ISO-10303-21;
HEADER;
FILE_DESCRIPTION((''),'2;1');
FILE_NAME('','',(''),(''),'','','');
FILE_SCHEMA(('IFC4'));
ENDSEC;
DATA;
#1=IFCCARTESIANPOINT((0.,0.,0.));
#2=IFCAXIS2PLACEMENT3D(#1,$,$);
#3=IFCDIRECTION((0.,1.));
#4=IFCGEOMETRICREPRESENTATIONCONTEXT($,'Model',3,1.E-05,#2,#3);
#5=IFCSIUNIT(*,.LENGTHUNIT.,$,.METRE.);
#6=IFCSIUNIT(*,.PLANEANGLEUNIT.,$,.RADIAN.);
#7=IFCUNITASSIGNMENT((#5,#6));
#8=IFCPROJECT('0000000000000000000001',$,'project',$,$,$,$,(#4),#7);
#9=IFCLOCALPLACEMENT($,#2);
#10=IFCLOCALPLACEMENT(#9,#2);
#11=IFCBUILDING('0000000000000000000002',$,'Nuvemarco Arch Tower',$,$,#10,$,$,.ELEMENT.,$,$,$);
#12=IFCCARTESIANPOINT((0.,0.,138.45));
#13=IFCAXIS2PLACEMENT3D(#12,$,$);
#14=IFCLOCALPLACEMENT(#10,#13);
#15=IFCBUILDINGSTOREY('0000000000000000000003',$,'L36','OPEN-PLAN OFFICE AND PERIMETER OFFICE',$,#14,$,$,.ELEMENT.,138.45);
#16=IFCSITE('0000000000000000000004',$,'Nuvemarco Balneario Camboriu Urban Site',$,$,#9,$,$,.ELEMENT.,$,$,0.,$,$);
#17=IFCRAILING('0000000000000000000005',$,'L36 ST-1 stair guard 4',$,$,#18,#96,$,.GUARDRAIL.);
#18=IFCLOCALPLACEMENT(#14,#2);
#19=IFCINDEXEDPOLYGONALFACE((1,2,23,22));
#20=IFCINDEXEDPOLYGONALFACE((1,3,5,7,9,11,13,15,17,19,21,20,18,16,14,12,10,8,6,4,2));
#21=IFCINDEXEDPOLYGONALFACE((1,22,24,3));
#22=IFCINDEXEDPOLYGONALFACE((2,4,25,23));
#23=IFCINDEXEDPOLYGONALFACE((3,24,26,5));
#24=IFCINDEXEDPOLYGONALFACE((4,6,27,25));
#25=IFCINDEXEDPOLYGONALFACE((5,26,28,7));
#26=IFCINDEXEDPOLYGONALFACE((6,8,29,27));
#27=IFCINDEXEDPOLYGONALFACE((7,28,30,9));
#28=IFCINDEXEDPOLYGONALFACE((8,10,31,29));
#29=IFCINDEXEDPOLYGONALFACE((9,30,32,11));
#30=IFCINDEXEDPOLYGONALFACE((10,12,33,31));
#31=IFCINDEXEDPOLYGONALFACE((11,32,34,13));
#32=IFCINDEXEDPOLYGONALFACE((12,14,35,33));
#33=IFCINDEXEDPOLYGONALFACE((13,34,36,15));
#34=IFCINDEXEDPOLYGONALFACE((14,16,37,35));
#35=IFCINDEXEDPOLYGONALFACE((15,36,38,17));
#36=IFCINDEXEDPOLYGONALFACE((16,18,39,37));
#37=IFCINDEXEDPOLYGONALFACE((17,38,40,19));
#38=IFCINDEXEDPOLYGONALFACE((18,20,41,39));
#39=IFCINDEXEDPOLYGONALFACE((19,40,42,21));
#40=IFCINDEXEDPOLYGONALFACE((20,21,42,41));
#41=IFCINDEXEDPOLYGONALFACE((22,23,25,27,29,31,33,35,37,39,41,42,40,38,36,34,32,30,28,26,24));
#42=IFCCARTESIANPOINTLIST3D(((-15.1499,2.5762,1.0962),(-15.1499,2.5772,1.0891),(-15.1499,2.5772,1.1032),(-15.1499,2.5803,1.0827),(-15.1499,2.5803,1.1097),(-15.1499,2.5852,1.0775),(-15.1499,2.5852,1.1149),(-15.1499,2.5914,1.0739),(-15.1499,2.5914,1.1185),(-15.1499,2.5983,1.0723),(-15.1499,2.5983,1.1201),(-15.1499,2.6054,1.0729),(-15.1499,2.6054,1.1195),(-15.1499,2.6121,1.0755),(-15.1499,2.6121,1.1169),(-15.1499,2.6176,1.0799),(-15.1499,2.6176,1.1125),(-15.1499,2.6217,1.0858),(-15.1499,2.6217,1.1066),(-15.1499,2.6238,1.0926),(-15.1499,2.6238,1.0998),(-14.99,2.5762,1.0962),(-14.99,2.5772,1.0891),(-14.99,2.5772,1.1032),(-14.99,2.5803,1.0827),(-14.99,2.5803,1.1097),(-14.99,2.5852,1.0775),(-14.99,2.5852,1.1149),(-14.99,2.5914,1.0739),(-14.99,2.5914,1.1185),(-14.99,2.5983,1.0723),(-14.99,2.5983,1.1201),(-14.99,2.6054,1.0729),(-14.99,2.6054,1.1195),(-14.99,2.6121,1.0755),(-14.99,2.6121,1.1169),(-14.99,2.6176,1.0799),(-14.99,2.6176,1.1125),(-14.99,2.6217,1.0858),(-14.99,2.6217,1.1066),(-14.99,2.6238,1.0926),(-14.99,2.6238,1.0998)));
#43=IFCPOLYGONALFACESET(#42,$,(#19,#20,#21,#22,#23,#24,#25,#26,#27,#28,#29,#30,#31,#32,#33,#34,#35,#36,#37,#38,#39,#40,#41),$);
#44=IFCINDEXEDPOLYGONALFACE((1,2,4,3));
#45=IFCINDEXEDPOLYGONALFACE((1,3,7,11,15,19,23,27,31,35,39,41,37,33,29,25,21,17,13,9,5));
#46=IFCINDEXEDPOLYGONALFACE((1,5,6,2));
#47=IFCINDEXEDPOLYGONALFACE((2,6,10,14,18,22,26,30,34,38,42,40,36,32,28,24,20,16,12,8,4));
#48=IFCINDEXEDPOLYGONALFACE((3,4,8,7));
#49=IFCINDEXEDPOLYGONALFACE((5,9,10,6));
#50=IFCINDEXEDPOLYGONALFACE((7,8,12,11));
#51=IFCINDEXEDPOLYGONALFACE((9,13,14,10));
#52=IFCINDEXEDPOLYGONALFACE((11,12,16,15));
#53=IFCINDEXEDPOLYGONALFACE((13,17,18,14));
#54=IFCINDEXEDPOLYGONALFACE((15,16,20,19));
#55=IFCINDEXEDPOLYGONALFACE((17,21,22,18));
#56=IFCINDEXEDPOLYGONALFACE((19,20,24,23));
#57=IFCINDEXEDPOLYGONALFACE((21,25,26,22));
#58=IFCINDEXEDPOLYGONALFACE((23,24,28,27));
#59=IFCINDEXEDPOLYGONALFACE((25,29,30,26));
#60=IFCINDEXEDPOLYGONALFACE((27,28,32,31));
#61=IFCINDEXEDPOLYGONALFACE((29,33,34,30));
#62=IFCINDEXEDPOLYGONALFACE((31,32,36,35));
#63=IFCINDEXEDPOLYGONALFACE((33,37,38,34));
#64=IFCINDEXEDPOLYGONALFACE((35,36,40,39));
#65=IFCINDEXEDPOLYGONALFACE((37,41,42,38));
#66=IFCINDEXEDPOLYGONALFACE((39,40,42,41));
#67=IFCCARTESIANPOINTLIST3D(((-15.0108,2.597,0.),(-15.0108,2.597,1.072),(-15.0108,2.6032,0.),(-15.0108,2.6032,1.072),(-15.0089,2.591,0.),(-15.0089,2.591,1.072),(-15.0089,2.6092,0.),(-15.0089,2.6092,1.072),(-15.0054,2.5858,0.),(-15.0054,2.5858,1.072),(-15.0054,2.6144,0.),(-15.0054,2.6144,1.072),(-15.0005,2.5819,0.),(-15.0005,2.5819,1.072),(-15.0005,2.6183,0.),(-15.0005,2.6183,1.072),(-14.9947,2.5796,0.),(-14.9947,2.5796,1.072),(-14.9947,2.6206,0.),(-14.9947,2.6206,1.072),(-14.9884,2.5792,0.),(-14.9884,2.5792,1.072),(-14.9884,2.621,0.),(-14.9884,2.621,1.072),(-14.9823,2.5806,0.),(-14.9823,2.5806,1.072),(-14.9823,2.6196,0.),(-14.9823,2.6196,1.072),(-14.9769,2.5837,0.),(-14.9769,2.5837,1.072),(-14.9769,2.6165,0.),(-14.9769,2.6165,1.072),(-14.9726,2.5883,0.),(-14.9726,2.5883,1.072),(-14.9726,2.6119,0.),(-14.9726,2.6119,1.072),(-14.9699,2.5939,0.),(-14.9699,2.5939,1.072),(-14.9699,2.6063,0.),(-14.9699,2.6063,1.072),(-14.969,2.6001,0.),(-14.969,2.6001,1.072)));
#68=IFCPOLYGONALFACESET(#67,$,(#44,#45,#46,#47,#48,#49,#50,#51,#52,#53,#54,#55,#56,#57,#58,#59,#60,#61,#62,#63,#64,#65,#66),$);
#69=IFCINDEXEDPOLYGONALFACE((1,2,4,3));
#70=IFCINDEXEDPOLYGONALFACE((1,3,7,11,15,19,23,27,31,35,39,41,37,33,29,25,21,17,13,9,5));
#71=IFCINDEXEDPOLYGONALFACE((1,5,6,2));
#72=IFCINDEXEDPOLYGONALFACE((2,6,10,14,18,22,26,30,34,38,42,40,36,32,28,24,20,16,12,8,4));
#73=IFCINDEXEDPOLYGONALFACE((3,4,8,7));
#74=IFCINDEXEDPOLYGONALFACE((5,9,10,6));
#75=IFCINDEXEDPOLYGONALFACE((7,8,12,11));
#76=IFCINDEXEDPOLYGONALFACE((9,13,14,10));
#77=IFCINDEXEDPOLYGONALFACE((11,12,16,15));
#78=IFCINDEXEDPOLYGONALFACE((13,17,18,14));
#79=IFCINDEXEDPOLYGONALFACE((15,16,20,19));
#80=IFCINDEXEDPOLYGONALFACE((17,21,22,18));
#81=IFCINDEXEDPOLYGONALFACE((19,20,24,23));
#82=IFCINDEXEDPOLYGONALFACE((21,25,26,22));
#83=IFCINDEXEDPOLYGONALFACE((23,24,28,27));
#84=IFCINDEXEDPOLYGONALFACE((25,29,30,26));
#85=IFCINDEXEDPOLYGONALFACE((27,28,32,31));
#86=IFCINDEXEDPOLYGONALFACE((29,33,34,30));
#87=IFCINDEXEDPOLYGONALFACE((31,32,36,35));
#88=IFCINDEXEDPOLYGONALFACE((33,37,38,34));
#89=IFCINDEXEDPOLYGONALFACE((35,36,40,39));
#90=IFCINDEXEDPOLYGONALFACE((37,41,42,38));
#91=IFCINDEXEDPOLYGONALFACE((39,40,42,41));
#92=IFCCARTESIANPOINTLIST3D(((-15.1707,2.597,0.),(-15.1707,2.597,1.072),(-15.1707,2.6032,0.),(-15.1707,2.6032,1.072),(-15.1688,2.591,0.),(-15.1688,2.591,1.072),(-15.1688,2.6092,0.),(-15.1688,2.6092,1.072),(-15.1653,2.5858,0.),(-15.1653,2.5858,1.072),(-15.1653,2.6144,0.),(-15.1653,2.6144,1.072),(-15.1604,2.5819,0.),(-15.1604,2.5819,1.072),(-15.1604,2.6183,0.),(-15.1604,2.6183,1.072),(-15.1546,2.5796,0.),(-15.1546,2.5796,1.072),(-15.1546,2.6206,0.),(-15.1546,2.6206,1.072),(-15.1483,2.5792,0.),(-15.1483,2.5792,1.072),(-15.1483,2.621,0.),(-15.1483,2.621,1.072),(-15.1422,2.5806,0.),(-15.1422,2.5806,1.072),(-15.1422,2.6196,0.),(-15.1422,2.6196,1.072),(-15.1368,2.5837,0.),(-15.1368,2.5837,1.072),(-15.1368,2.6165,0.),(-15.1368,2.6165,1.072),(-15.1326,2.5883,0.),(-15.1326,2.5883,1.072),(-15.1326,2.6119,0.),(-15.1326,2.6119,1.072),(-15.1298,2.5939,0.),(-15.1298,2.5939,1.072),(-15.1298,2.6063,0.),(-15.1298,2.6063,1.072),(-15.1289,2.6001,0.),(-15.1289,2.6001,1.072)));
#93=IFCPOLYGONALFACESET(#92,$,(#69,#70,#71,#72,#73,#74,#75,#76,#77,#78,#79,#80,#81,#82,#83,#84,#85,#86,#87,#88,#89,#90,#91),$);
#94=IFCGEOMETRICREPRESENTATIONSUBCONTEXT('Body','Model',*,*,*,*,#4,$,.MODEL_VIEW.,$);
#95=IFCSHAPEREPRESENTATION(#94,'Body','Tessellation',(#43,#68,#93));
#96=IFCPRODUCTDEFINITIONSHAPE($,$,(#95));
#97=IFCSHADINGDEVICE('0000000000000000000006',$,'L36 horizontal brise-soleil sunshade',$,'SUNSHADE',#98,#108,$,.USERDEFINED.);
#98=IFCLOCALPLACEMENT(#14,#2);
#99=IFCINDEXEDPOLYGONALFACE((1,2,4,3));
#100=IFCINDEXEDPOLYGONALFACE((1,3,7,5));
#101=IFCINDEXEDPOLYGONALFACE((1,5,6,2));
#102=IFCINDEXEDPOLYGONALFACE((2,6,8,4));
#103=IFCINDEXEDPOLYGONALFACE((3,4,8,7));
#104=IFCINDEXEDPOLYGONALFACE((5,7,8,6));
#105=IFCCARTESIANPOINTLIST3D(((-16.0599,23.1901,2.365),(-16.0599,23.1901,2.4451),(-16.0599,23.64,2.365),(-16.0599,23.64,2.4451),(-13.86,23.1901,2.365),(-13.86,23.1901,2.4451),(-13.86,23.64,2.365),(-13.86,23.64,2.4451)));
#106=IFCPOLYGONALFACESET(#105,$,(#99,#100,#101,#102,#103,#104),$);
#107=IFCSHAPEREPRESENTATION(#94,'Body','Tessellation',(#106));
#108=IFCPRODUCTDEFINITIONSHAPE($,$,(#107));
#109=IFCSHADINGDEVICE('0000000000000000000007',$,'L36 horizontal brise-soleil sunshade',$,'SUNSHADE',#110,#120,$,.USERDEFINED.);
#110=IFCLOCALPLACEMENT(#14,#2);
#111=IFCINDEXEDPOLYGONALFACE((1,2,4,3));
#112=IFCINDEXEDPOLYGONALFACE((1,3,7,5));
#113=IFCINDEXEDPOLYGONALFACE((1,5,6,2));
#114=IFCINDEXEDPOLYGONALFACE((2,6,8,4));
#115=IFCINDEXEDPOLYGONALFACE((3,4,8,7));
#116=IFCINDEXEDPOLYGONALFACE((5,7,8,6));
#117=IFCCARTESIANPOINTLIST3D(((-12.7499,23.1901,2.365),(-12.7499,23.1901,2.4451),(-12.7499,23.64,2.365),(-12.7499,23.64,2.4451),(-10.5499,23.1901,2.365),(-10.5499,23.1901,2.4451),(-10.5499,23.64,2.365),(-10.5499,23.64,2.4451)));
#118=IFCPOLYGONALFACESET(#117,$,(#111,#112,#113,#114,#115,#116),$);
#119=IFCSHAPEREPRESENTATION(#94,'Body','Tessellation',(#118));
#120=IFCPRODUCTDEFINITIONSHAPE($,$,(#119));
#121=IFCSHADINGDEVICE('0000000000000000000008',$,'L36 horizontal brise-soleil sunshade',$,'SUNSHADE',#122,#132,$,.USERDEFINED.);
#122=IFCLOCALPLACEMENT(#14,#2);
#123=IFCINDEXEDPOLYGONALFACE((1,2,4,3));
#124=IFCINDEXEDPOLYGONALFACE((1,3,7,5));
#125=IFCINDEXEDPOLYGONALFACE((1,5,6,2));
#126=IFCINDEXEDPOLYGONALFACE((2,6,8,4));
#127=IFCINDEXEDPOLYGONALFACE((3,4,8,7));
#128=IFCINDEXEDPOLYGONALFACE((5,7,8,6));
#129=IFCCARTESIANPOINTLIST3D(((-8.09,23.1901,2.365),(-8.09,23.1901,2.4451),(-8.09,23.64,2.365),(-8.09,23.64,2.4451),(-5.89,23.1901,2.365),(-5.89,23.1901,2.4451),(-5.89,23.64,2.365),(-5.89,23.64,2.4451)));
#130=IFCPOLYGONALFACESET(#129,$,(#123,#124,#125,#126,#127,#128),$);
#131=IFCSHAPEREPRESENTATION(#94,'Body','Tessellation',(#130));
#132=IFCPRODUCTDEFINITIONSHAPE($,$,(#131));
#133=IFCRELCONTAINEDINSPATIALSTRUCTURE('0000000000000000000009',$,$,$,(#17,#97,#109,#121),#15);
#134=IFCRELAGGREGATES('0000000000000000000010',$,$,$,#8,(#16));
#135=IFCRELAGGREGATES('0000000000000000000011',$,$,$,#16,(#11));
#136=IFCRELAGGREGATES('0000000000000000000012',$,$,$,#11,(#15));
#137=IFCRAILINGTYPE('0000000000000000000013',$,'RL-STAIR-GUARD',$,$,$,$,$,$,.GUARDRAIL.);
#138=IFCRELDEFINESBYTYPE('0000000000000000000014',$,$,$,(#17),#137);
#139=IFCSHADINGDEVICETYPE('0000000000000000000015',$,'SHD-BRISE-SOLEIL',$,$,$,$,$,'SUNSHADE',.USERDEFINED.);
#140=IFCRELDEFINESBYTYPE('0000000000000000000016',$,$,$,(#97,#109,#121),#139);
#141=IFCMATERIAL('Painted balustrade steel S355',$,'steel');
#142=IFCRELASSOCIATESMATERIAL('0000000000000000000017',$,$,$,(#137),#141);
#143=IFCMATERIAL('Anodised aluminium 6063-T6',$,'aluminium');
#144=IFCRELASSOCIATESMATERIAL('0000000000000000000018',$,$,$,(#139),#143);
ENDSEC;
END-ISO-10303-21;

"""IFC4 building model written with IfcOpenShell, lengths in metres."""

from ifc_helpers import new_model, si_unit, direction, frame, origin, origin_2d, place, context, subcontext, project, spatial, rectangle, circle, extrude, source, transform, mapped, material, type_object, type_shapes, element, save


model = new_model("IFC4")

# Units and contexts
model_context = context("Model", 3, precision=1e-05, world=origin(), true_north=direction((0.0, 1.0)))
body_context = subcontext(model_context, "Body", "Model", "MODEL_VIEW")
ifc_project = project(units=[si_unit("LENGTHUNIT", "METRE"), si_unit("PLANEANGLEUNIT", "RADIAN")], contexts=[model_context])

# Site, building, storey
site_placement = place(None, origin())
site = spatial("IfcSite", under=ifc_project, at=site_placement, Name="Nuvemarco Balneario Camboriu Urban Site", CompositionType="ELEMENT", RefElevation=0.0)
building_placement = place(site_placement, origin())
building = spatial("IfcBuilding", under=site, at=building_placement, Name="Nuvemarco Arch Tower", CompositionType="ELEMENT")
storey_placement = place(building_placement, frame((0.0, 0.0, 138.45)))
storey = spatial("IfcBuildingStorey", under=building, at=storey_placement, Name="L36", Description="OPEN-PLAN OFFICE AND PERIMETER OFFICE", CompositionType="ELEMENT", Elevation=138.45)

# Railing
ifc_material_1 = material(Name="Painted balustrade steel S355", Category="steel")
railing_type_1 = type_object("IfcRailingType", Name="RL-STAIR-GUARD", PredefinedType="GUARDRAIL", material=ifc_material_1)
railing_1_placement = place(storey_placement, frame((-14.99, 2.6001, 0.0)))
element("IfcRailing", 1, at=railing_1_placement, inside=storey, type_object=railing_type_1, Name="L36 ST-1 stair guard 4", PredefinedType="GUARDRAIL", context=body_context, shape_type="SweptSolid", body=[
    extrude(circle(Radius=0.0239, at=origin_2d()), frame((0.0, 0.0, 1.0962), z_axis=(-1.0, 0.0, 0.0), x_axis=(0.0, -1.0, 0.0)), (0.0, 0.0, 1.0), 0.1599),
    extrude(circle(Radius=0.021, at=origin_2d()), origin(), (0.0, 0.0, 1.0), 1.072),
    extrude(circle(Radius=0.021, at=origin_2d()), frame((-0.1599, 0.0, 0.0)), (0.0, 0.0, 1.0), 1.072),
])

# Shading devices
ifc_material_2 = material(Name="Anodised aluminium 6063-T6", Category="aluminium")
shading_device_type = type_object("IfcShadingDeviceType", Name="SHD-BRISE-SOLEIL", ElementType="SUNSHADE", PredefinedType="USERDEFINED", material=ifc_material_2)
shared_shape_1 = source(origin(), body_context, "Body", "SweptSolid", [
    extrude(rectangle(XDim=2.2, YDim=0.45, at=origin_2d()), origin(), (0.0, 0.0, 1.0), 0.0801),
])
type_shapes(shading_device_type, [shared_shape_1])
for number, where, z_axis, x_axis, name in (
    (2, (-14.96, 23.415, 2.365), (0.0, 0.0, 1.0), (1.0, 0.0, 0.0), "L36 horizontal brise-soleil sunshade"),
    (3, (-11.6499, 23.415, 2.365), (0.0, 0.0, 1.0), (1.0, 0.0, 0.0), "L36 horizontal brise-soleil sunshade"),
    (4, (-6.99, 23.415, 2.365), (0.0, 0.0, 1.0), (1.0, 0.0, 0.0), "L36 horizontal brise-soleil sunshade"),
):
    element("IfcShadingDevice", number, at=place(storey_placement, frame(where, z_axis=z_axis, x_axis=x_axis)), inside=storey, type_object=shading_device_type, Name=name, ObjectType="SUNSHADE", PredefinedType="USERDEFINED", context=body_context, shape_type="MappedRepresentation", body=[
        mapped(shared_shape_1, transform((0.0, 0.0, 0.0), scale=1.0)),
    ])

save(model, "model.ifc")
